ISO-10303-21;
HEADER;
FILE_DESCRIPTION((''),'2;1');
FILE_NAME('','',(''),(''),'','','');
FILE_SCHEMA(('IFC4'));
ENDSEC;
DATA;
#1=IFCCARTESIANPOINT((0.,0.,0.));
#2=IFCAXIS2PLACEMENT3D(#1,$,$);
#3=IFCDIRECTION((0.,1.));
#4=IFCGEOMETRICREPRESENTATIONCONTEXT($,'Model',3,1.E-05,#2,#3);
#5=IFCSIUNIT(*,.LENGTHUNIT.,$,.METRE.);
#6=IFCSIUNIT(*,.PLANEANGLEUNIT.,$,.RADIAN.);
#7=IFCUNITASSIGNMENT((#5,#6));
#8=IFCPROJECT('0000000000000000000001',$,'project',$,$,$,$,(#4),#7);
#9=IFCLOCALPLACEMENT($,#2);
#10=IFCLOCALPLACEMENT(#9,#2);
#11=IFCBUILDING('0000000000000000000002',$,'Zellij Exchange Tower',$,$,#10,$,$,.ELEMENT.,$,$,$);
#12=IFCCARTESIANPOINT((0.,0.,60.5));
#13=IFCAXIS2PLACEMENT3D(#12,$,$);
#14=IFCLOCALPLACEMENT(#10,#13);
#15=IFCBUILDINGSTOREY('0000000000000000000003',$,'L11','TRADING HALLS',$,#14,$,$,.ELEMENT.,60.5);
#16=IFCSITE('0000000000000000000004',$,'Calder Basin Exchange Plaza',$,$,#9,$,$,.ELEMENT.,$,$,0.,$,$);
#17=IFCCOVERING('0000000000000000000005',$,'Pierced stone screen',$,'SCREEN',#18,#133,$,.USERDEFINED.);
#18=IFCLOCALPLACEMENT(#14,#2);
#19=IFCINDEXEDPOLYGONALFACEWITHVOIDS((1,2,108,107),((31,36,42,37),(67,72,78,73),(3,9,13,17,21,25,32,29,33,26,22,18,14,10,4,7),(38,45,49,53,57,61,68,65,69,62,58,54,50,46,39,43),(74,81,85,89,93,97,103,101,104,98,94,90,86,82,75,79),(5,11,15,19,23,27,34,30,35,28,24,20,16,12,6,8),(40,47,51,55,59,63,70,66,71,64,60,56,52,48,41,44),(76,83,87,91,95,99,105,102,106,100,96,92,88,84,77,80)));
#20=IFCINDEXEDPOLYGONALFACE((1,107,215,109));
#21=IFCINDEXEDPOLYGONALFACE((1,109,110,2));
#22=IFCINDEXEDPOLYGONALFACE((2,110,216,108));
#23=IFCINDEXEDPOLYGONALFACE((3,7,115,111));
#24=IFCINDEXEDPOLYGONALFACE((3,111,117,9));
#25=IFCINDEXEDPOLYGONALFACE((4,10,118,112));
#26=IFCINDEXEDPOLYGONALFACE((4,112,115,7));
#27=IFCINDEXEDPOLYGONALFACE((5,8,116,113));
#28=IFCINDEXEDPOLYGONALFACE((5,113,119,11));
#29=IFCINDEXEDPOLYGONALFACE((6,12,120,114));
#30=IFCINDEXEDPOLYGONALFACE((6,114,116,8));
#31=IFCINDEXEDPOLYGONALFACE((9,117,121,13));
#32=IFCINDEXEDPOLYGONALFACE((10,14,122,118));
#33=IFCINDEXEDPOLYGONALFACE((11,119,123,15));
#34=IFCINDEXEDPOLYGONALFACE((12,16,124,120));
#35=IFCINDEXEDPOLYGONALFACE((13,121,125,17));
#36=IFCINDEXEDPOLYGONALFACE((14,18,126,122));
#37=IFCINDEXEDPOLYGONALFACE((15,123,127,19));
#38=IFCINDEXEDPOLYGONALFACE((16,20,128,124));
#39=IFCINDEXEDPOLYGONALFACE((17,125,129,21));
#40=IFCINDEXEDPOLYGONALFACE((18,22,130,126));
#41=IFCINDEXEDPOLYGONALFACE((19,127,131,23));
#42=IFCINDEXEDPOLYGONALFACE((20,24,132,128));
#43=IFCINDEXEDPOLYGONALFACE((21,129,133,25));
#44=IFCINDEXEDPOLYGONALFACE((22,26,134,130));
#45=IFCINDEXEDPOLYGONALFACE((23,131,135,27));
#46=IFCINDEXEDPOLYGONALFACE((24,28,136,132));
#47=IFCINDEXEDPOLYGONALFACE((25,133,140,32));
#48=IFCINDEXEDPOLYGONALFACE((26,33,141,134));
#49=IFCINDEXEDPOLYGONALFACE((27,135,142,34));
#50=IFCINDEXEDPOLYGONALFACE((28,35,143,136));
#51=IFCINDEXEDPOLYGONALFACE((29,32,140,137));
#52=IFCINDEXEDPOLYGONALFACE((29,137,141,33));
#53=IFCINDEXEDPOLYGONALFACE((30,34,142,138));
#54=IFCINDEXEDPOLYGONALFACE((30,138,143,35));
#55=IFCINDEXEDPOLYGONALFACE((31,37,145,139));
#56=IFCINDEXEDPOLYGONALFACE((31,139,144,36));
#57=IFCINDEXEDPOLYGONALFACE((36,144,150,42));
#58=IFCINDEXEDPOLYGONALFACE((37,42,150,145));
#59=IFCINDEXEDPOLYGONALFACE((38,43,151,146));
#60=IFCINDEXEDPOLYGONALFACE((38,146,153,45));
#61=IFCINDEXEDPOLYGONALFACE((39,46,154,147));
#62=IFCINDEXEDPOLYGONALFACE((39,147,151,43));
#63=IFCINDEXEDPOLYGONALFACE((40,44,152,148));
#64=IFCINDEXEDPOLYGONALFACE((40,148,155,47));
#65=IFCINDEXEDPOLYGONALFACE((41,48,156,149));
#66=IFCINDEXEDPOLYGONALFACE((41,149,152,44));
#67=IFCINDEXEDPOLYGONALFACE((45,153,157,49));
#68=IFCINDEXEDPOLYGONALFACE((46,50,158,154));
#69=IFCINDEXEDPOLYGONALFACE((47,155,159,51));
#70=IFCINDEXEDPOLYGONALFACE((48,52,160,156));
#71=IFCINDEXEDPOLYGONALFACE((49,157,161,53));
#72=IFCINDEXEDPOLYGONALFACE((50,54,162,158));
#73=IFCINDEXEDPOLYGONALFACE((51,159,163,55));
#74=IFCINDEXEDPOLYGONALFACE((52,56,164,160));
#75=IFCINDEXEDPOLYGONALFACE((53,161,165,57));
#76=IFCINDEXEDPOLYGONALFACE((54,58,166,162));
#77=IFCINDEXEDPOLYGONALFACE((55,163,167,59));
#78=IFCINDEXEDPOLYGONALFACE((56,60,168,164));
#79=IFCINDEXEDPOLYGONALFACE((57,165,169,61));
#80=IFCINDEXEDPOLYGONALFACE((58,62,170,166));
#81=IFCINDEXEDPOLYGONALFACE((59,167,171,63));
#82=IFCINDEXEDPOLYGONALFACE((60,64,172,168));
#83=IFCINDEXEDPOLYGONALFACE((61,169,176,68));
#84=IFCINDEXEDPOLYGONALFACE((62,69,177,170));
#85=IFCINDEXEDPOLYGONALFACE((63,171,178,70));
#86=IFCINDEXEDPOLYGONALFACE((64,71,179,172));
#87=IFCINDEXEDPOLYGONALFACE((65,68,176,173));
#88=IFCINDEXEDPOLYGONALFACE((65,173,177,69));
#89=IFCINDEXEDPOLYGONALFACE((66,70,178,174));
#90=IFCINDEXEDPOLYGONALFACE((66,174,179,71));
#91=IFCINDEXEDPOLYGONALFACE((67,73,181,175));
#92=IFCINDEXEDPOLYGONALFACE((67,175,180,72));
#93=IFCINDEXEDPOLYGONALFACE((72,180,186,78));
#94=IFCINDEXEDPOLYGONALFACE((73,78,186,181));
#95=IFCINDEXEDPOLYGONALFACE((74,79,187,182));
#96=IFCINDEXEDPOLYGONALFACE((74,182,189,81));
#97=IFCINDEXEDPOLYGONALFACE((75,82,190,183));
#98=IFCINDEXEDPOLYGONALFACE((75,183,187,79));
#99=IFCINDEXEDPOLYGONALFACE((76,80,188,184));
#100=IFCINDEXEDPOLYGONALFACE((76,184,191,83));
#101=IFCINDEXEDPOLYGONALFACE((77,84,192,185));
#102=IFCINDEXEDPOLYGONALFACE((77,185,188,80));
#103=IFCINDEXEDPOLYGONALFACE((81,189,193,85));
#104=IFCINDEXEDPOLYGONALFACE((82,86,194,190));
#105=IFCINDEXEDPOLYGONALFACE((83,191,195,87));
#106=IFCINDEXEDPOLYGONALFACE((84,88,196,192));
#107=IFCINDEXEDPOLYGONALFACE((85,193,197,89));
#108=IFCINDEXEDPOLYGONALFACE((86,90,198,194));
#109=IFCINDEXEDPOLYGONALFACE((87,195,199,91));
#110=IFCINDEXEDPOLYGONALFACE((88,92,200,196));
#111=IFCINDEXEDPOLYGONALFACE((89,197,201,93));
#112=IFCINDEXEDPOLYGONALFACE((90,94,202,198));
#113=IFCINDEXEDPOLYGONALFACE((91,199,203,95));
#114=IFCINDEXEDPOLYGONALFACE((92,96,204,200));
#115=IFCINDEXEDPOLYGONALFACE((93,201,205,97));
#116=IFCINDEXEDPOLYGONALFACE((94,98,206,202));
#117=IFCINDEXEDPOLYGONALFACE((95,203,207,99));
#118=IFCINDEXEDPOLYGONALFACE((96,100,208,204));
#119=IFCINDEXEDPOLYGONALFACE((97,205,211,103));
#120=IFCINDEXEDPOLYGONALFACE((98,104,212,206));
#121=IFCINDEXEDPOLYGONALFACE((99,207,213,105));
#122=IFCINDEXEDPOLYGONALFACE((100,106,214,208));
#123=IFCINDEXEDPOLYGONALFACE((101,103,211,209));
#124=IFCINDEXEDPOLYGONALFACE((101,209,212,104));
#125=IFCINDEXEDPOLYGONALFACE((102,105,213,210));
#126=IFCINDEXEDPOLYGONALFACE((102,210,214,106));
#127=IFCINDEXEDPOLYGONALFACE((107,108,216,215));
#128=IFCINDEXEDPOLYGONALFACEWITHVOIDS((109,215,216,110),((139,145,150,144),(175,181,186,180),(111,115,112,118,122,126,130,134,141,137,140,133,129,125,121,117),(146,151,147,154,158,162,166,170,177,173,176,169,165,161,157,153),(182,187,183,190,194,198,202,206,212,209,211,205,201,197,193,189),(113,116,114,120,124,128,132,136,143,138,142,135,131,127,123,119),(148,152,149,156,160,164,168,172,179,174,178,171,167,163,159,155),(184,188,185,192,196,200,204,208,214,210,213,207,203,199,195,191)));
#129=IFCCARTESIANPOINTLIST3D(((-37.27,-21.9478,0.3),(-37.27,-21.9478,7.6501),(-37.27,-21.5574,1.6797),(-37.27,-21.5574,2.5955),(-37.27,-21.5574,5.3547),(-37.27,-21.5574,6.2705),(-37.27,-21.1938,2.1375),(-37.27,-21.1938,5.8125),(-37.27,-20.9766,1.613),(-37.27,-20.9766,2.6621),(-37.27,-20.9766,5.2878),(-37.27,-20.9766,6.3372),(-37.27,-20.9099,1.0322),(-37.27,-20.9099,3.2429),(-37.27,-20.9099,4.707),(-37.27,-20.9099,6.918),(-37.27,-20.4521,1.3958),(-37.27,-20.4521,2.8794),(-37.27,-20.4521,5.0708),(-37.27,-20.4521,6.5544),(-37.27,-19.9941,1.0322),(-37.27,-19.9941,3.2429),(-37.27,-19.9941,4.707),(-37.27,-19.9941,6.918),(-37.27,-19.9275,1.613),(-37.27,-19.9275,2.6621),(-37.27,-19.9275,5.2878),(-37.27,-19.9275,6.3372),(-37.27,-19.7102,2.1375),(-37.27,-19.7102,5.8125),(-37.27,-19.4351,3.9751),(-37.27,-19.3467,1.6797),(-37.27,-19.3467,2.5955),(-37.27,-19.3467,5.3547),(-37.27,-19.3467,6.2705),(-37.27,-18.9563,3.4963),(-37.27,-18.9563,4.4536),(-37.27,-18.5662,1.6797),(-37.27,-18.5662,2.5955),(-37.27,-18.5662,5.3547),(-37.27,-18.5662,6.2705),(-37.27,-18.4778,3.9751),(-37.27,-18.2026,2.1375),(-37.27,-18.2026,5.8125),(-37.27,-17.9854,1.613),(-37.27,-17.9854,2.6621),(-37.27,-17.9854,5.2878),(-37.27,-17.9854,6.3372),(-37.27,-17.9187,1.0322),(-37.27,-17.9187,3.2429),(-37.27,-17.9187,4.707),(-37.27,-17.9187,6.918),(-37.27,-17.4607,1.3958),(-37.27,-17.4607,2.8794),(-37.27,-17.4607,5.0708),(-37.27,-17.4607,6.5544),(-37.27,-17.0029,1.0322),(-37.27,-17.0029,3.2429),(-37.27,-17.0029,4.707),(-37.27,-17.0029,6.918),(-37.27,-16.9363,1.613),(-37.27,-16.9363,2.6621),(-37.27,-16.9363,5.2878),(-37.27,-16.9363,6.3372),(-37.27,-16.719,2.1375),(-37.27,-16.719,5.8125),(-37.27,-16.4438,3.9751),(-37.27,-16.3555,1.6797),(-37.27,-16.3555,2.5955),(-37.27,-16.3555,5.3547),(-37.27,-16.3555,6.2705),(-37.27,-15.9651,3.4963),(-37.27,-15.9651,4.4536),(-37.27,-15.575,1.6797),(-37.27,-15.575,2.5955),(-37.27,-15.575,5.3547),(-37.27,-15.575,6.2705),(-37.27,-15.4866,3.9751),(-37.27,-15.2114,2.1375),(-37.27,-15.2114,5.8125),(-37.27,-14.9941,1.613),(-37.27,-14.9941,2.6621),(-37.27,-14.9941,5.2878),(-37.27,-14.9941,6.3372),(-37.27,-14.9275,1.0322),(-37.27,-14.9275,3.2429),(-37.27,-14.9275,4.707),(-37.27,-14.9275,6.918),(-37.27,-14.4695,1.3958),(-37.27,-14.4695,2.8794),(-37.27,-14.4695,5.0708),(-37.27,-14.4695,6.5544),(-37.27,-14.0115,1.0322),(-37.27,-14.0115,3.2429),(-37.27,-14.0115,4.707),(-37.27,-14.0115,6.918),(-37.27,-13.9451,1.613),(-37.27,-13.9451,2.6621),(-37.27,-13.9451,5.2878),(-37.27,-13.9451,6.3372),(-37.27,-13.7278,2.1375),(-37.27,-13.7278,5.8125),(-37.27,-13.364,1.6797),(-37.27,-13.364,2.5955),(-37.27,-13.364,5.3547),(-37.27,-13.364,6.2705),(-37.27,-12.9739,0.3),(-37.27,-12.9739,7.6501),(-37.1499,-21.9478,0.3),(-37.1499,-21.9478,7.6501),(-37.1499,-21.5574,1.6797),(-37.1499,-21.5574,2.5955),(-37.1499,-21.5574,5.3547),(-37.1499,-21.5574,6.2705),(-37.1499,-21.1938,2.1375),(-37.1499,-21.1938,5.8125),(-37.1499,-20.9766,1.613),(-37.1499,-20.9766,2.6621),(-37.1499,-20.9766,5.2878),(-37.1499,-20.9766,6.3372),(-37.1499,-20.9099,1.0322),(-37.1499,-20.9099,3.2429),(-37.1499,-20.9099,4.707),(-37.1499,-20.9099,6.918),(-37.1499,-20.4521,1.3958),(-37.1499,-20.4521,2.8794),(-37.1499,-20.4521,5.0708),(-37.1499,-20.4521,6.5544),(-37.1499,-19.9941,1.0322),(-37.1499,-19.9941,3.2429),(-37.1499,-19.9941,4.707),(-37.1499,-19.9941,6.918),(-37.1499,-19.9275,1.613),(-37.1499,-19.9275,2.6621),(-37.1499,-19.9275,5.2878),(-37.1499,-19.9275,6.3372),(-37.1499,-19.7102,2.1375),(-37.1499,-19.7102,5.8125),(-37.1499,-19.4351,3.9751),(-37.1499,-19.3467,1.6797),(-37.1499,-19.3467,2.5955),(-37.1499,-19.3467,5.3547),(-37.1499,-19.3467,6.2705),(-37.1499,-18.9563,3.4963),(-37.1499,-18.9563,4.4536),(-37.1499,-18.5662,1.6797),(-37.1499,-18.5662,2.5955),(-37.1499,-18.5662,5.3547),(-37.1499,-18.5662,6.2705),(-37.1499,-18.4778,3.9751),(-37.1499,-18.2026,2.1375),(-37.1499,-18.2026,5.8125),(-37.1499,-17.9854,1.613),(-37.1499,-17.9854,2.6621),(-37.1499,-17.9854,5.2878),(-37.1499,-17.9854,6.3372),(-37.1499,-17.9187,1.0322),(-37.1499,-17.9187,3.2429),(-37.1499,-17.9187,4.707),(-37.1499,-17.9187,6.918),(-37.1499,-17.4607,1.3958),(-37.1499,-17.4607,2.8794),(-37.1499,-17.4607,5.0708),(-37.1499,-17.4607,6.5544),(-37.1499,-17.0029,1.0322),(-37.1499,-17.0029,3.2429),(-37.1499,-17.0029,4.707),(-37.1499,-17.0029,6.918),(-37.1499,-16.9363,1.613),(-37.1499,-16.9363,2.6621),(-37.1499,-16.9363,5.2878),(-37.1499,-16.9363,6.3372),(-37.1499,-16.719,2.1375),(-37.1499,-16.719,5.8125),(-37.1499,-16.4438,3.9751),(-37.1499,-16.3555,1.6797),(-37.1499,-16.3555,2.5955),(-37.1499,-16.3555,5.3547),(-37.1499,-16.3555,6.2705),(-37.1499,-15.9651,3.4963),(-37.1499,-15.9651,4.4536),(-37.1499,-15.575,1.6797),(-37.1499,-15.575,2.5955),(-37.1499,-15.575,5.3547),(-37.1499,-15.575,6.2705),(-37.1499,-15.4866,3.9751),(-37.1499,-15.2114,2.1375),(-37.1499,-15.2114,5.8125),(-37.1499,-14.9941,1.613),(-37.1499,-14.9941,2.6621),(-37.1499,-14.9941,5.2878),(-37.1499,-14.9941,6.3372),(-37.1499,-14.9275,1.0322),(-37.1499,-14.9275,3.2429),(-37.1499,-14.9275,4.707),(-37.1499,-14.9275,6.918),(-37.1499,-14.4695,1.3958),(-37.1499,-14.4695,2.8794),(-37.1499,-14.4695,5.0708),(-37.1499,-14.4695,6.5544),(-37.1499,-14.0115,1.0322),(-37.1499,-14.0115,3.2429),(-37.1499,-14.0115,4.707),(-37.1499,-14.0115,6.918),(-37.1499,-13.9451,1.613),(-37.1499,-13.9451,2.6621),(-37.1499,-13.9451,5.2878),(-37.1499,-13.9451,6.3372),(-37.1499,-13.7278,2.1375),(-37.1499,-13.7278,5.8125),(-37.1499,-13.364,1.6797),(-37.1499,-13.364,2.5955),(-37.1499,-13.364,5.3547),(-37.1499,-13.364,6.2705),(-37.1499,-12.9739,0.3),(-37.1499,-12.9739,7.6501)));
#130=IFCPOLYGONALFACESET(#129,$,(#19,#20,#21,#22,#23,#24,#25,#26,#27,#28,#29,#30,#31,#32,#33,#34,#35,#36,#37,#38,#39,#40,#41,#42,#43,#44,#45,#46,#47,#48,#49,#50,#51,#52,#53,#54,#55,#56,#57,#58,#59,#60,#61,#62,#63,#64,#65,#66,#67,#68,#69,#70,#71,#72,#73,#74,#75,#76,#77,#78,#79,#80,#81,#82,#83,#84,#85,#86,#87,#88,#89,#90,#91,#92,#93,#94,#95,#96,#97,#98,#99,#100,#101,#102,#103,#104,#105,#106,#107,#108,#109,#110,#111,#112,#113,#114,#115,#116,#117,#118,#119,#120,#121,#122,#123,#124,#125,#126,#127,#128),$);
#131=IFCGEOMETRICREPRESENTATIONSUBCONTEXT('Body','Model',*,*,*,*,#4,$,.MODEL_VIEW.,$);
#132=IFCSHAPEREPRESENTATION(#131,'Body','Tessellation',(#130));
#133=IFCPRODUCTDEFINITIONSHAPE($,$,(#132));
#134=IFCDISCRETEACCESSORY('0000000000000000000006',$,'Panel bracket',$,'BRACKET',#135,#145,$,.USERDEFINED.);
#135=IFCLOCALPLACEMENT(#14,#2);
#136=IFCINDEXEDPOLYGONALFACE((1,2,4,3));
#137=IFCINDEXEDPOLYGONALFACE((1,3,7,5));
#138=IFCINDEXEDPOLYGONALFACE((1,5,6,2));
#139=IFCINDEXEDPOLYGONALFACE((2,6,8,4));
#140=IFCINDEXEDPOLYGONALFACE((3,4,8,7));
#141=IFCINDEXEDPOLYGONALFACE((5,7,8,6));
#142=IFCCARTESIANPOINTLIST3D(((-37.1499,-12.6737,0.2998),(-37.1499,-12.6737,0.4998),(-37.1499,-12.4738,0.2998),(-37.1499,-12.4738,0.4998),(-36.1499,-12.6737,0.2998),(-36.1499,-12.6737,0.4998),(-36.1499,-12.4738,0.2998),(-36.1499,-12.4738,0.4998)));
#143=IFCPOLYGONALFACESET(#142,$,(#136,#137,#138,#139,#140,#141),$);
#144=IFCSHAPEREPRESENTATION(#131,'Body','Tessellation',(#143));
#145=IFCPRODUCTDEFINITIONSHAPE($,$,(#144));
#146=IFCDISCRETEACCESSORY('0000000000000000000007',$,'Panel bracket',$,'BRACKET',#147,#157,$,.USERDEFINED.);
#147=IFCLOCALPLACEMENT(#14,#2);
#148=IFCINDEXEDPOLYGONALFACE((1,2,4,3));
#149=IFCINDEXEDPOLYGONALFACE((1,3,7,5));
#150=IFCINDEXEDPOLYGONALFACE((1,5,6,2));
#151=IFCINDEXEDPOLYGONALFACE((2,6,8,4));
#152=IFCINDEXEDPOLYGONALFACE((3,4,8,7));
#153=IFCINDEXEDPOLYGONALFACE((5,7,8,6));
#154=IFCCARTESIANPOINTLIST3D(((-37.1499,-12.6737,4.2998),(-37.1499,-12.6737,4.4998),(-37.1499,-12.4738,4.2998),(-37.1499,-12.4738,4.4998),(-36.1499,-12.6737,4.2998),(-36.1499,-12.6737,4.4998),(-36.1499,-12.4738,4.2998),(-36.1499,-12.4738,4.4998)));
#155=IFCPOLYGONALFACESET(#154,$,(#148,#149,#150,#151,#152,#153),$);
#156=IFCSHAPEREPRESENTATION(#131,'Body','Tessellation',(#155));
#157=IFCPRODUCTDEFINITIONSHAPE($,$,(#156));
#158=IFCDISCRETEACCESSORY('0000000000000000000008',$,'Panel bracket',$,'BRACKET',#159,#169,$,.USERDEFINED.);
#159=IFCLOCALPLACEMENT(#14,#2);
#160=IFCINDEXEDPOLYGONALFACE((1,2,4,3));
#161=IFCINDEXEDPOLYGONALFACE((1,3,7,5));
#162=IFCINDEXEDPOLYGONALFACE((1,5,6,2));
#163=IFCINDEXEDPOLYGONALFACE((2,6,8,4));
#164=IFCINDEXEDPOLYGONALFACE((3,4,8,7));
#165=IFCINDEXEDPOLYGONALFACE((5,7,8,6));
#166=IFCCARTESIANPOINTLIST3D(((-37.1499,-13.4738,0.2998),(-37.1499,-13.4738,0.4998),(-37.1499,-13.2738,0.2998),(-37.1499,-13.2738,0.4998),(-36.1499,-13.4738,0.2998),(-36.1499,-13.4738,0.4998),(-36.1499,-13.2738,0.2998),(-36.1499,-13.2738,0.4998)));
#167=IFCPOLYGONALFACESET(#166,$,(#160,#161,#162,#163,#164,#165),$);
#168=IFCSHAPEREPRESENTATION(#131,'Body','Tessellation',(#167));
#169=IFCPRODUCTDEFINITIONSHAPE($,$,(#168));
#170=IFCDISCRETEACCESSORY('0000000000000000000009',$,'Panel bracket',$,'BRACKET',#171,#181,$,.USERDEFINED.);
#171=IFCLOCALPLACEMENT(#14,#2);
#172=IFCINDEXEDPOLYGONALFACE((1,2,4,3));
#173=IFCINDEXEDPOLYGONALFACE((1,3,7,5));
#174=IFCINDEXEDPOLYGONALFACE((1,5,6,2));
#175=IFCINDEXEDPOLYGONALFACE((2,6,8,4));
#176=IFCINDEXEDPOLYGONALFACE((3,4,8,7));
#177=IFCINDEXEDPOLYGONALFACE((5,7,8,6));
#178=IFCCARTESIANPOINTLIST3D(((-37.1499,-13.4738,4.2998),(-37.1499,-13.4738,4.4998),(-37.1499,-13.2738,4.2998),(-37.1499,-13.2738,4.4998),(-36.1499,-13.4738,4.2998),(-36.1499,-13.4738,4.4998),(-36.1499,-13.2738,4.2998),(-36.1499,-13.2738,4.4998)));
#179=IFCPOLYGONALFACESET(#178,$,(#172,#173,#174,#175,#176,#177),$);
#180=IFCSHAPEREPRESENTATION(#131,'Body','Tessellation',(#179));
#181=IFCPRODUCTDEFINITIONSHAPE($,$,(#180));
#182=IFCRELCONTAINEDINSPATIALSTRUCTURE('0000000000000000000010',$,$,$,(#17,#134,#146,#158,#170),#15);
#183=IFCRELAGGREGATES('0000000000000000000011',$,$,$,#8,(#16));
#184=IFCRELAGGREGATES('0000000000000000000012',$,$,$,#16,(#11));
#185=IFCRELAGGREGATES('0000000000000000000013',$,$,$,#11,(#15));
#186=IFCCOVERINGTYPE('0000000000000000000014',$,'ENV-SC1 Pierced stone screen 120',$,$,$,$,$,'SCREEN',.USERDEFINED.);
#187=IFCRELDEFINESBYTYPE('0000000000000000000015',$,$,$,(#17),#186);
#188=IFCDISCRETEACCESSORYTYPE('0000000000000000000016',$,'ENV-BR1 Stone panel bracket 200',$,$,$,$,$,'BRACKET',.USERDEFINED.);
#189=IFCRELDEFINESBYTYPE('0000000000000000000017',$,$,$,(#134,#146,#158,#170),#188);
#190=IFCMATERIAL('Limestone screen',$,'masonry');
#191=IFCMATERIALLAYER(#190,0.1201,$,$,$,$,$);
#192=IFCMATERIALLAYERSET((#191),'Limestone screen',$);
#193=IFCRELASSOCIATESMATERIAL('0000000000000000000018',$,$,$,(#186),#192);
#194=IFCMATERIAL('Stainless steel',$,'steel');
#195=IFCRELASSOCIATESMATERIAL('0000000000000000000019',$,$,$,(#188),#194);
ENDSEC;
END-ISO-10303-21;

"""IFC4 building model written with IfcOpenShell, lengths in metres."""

from ifc_helpers import new_model, si_unit, direction, frame, origin, origin_2d, place, context, subcontext, project, spatial, polyline, rectangle, outline, extrude, material, layer, layer_set, type_object, element, save


model = new_model("IFC4")

# Units and contexts
model_context = context("Model", 3, precision=1e-05, world=origin(), true_north=direction((0.0, 1.0)))
body_context = subcontext(model_context, "Body", "Model", "MODEL_VIEW")
ifc_project = project(units=[si_unit("LENGTHUNIT", "METRE"), si_unit("PLANEANGLEUNIT", "RADIAN")], contexts=[model_context])

# Site, building, storey
site_placement = place(None, origin())
site = spatial("IfcSite", under=ifc_project, at=site_placement, Name="Calder Basin Exchange Plaza", CompositionType="ELEMENT", RefElevation=0.0)
building_placement = place(site_placement, origin())
building = spatial("IfcBuilding", under=site, at=building_placement, Name="Zellij Exchange Tower", CompositionType="ELEMENT")
storey_placement = place(building_placement, frame((0.0, 0.0, 60.5)))
storey = spatial("IfcBuildingStorey", under=building, at=storey_placement, Name="L11", Description="TRADING HALLS", CompositionType="ELEMENT", Elevation=60.5)

# Covering
ifc_material_1 = material(Name="Limestone screen", Category="masonry")
ifc_layer_1 = layer(ifc_material_1, 0.1201)
ifc_layer_set_1 = layer_set([ifc_layer_1], Name="Limestone screen")
covering_type = type_object("IfcCoveringType", Name="ENV-SC1 Pierced stone screen 120", ElementType="SCREEN", PredefinedType="USERDEFINED", material=ifc_layer_set_1)
covering_placement = place(storey_placement, frame((-37.21, -12.9739, 0.3), z_axis=(0.0, 0.0, 1.0), x_axis=(0.0, -1.0, 0.0)))
element("IfcCovering", 1, at=covering_placement, inside=storey, type_object=covering_type, Name="Pierced stone screen", ObjectType="SCREEN", PredefinedType="USERDEFINED", context=body_context, shape_type="SweptSolid", body=[
    extrude(outline(polyline([(0.0, 0.0), (8.9739, 0.0), (8.9739, 7.3501), (0.0, 7.3501), (0.0, 0.0)]), holes=[polyline([(2.6011, 2.2954), (2.0203, 2.3621), (1.9536, 2.9429), (1.4956, 2.5793), (1.0376, 2.9429), (0.9712, 2.3621), (0.3901, 2.2954), (0.7539, 1.8374), (0.3901, 1.3796), (0.9712, 1.313), (1.0376, 0.7322), (1.4956, 1.0957), (1.9536, 0.7322), (2.0203, 1.313), (2.6011, 1.3796), (2.2375, 1.8374), (2.6011, 2.2954)]), polyline([(2.6011, 5.9705), (2.0203, 6.0371), (1.9536, 6.6179), (1.4956, 6.2544), (1.0376, 6.6179), (0.9712, 6.0371), (0.3901, 5.9705), (0.7539, 5.5125), (0.3901, 5.0547), (0.9712, 4.9878), (1.0376, 4.407), (1.4956, 4.7708), (1.9536, 4.407), (2.0203, 4.9878), (2.6011, 5.0547), (2.2375, 5.5125), (2.6011, 5.9705)]), polyline([(5.5923, 2.2954), (5.0115, 2.3621), (4.9448, 2.9429), (4.4868, 2.5793), (4.0291, 2.9429), (3.9624, 2.3621), (3.3816, 2.2954), (3.7451, 1.8374), (3.3816, 1.3796), (3.9624, 1.313), (4.0291, 0.7322), (4.4868, 1.0957), (4.9448, 0.7322), (5.0115, 1.313), (5.5923, 1.3796), (5.2288, 1.8374), (5.5923, 2.2954)]), polyline([(5.5923, 5.9705), (5.0115, 6.0371), (4.9448, 6.6179), (4.4868, 6.2544), (4.0291, 6.6179), (3.9624, 6.0371), (3.3816, 5.9705), (3.7451, 5.5125), (3.3816, 5.0547), (3.9624, 4.9878), (4.0291, 4.407), (4.4868, 4.7708), (4.9448, 4.407), (5.0115, 4.9878), (5.5923, 5.0547), (5.2288, 5.5125), (5.5923, 5.9705)]), polyline([(8.5835, 2.2954), (8.0027, 2.3621), (7.936, 2.9429), (7.4783, 2.5793), (7.0203, 2.9429), (6.9536, 2.3621), (6.3728, 2.2954), (6.7363, 1.8374), (6.3728, 1.3796), (6.9536, 1.313), (7.0203, 0.7322), (7.4783, 1.0957), (7.936, 0.7322), (8.0027, 1.313), (8.5835, 1.3796), (8.22, 1.8374), (8.5835, 2.2954)]), polyline([(8.5835, 5.9705), (8.0027, 6.0371), (7.936, 6.6179), (7.4783, 6.2544), (7.0203, 6.6179), (6.9536, 6.0371), (6.3728, 5.9705), (6.7363, 5.5125), (6.3728, 5.0547), (6.9536, 4.9878), (7.0203, 4.407), (7.4783, 4.7708), (7.936, 4.407), (8.0027, 4.9878), (8.5835, 5.0547), (8.22, 5.5125), (8.5835, 5.9705)]), polyline([(3.47, 3.675), (2.9912, 4.1536), (2.5127, 3.675), (2.9912, 3.1963), (3.47, 3.675)]), polyline([(6.4612, 3.675), (5.9824, 4.1536), (5.5039, 3.675), (5.9824, 3.1963), (6.4612, 3.675)])]), frame((0.0, 0.0601, 0.0), z_axis=(0.0, -1.0, 0.0), x_axis=(1.0, 0.0, 0.0)), (0.0, 0.0, 1.0), 0.1201),
])

# Discrete accessories
ifc_material_2 = material(Name="Stainless steel", Category="steel")
discrete_accessory_type = type_object("IfcDiscreteAccessoryType", Name="ENV-BR1 Stone panel bracket 200", ElementType="BRACKET", PredefinedType="USERDEFINED", material=ifc_material_2)
for number, where, z_axis, x_axis, name in (
    (2, (-36.6499, -12.5737, 0.2998), (0.0, 0.0, 1.0), (0.0, -1.0, 0.0), "Panel bracket"),
    (3, (-36.6499, -12.5737, 4.2998), (0.0, 0.0, 1.0), (0.0, -1.0, 0.0), "Panel bracket"),
    (4, (-36.6499, -13.3738, 0.2998), (0.0, 0.0, 1.0), (0.0, -1.0, 0.0), "Panel bracket"),
    (5, (-36.6499, -13.3738, 4.2998), (0.0, 0.0, 1.0), (0.0, -1.0, 0.0), "Panel bracket"),
):
    element("IfcDiscreteAccessory", number, at=place(storey_placement, frame(where, z_axis=z_axis, x_axis=x_axis)), inside=storey, type_object=discrete_accessory_type, Name=name, ObjectType="BRACKET", PredefinedType="USERDEFINED", context=body_context, shape_type="SweptSolid", body=[
        extrude(rectangle(XDim=0.2, YDim=1.0, at=origin_2d()), origin(), (0.0, 0.0, 1.0), 0.2),
    ])

save(model, "model.ifc")
